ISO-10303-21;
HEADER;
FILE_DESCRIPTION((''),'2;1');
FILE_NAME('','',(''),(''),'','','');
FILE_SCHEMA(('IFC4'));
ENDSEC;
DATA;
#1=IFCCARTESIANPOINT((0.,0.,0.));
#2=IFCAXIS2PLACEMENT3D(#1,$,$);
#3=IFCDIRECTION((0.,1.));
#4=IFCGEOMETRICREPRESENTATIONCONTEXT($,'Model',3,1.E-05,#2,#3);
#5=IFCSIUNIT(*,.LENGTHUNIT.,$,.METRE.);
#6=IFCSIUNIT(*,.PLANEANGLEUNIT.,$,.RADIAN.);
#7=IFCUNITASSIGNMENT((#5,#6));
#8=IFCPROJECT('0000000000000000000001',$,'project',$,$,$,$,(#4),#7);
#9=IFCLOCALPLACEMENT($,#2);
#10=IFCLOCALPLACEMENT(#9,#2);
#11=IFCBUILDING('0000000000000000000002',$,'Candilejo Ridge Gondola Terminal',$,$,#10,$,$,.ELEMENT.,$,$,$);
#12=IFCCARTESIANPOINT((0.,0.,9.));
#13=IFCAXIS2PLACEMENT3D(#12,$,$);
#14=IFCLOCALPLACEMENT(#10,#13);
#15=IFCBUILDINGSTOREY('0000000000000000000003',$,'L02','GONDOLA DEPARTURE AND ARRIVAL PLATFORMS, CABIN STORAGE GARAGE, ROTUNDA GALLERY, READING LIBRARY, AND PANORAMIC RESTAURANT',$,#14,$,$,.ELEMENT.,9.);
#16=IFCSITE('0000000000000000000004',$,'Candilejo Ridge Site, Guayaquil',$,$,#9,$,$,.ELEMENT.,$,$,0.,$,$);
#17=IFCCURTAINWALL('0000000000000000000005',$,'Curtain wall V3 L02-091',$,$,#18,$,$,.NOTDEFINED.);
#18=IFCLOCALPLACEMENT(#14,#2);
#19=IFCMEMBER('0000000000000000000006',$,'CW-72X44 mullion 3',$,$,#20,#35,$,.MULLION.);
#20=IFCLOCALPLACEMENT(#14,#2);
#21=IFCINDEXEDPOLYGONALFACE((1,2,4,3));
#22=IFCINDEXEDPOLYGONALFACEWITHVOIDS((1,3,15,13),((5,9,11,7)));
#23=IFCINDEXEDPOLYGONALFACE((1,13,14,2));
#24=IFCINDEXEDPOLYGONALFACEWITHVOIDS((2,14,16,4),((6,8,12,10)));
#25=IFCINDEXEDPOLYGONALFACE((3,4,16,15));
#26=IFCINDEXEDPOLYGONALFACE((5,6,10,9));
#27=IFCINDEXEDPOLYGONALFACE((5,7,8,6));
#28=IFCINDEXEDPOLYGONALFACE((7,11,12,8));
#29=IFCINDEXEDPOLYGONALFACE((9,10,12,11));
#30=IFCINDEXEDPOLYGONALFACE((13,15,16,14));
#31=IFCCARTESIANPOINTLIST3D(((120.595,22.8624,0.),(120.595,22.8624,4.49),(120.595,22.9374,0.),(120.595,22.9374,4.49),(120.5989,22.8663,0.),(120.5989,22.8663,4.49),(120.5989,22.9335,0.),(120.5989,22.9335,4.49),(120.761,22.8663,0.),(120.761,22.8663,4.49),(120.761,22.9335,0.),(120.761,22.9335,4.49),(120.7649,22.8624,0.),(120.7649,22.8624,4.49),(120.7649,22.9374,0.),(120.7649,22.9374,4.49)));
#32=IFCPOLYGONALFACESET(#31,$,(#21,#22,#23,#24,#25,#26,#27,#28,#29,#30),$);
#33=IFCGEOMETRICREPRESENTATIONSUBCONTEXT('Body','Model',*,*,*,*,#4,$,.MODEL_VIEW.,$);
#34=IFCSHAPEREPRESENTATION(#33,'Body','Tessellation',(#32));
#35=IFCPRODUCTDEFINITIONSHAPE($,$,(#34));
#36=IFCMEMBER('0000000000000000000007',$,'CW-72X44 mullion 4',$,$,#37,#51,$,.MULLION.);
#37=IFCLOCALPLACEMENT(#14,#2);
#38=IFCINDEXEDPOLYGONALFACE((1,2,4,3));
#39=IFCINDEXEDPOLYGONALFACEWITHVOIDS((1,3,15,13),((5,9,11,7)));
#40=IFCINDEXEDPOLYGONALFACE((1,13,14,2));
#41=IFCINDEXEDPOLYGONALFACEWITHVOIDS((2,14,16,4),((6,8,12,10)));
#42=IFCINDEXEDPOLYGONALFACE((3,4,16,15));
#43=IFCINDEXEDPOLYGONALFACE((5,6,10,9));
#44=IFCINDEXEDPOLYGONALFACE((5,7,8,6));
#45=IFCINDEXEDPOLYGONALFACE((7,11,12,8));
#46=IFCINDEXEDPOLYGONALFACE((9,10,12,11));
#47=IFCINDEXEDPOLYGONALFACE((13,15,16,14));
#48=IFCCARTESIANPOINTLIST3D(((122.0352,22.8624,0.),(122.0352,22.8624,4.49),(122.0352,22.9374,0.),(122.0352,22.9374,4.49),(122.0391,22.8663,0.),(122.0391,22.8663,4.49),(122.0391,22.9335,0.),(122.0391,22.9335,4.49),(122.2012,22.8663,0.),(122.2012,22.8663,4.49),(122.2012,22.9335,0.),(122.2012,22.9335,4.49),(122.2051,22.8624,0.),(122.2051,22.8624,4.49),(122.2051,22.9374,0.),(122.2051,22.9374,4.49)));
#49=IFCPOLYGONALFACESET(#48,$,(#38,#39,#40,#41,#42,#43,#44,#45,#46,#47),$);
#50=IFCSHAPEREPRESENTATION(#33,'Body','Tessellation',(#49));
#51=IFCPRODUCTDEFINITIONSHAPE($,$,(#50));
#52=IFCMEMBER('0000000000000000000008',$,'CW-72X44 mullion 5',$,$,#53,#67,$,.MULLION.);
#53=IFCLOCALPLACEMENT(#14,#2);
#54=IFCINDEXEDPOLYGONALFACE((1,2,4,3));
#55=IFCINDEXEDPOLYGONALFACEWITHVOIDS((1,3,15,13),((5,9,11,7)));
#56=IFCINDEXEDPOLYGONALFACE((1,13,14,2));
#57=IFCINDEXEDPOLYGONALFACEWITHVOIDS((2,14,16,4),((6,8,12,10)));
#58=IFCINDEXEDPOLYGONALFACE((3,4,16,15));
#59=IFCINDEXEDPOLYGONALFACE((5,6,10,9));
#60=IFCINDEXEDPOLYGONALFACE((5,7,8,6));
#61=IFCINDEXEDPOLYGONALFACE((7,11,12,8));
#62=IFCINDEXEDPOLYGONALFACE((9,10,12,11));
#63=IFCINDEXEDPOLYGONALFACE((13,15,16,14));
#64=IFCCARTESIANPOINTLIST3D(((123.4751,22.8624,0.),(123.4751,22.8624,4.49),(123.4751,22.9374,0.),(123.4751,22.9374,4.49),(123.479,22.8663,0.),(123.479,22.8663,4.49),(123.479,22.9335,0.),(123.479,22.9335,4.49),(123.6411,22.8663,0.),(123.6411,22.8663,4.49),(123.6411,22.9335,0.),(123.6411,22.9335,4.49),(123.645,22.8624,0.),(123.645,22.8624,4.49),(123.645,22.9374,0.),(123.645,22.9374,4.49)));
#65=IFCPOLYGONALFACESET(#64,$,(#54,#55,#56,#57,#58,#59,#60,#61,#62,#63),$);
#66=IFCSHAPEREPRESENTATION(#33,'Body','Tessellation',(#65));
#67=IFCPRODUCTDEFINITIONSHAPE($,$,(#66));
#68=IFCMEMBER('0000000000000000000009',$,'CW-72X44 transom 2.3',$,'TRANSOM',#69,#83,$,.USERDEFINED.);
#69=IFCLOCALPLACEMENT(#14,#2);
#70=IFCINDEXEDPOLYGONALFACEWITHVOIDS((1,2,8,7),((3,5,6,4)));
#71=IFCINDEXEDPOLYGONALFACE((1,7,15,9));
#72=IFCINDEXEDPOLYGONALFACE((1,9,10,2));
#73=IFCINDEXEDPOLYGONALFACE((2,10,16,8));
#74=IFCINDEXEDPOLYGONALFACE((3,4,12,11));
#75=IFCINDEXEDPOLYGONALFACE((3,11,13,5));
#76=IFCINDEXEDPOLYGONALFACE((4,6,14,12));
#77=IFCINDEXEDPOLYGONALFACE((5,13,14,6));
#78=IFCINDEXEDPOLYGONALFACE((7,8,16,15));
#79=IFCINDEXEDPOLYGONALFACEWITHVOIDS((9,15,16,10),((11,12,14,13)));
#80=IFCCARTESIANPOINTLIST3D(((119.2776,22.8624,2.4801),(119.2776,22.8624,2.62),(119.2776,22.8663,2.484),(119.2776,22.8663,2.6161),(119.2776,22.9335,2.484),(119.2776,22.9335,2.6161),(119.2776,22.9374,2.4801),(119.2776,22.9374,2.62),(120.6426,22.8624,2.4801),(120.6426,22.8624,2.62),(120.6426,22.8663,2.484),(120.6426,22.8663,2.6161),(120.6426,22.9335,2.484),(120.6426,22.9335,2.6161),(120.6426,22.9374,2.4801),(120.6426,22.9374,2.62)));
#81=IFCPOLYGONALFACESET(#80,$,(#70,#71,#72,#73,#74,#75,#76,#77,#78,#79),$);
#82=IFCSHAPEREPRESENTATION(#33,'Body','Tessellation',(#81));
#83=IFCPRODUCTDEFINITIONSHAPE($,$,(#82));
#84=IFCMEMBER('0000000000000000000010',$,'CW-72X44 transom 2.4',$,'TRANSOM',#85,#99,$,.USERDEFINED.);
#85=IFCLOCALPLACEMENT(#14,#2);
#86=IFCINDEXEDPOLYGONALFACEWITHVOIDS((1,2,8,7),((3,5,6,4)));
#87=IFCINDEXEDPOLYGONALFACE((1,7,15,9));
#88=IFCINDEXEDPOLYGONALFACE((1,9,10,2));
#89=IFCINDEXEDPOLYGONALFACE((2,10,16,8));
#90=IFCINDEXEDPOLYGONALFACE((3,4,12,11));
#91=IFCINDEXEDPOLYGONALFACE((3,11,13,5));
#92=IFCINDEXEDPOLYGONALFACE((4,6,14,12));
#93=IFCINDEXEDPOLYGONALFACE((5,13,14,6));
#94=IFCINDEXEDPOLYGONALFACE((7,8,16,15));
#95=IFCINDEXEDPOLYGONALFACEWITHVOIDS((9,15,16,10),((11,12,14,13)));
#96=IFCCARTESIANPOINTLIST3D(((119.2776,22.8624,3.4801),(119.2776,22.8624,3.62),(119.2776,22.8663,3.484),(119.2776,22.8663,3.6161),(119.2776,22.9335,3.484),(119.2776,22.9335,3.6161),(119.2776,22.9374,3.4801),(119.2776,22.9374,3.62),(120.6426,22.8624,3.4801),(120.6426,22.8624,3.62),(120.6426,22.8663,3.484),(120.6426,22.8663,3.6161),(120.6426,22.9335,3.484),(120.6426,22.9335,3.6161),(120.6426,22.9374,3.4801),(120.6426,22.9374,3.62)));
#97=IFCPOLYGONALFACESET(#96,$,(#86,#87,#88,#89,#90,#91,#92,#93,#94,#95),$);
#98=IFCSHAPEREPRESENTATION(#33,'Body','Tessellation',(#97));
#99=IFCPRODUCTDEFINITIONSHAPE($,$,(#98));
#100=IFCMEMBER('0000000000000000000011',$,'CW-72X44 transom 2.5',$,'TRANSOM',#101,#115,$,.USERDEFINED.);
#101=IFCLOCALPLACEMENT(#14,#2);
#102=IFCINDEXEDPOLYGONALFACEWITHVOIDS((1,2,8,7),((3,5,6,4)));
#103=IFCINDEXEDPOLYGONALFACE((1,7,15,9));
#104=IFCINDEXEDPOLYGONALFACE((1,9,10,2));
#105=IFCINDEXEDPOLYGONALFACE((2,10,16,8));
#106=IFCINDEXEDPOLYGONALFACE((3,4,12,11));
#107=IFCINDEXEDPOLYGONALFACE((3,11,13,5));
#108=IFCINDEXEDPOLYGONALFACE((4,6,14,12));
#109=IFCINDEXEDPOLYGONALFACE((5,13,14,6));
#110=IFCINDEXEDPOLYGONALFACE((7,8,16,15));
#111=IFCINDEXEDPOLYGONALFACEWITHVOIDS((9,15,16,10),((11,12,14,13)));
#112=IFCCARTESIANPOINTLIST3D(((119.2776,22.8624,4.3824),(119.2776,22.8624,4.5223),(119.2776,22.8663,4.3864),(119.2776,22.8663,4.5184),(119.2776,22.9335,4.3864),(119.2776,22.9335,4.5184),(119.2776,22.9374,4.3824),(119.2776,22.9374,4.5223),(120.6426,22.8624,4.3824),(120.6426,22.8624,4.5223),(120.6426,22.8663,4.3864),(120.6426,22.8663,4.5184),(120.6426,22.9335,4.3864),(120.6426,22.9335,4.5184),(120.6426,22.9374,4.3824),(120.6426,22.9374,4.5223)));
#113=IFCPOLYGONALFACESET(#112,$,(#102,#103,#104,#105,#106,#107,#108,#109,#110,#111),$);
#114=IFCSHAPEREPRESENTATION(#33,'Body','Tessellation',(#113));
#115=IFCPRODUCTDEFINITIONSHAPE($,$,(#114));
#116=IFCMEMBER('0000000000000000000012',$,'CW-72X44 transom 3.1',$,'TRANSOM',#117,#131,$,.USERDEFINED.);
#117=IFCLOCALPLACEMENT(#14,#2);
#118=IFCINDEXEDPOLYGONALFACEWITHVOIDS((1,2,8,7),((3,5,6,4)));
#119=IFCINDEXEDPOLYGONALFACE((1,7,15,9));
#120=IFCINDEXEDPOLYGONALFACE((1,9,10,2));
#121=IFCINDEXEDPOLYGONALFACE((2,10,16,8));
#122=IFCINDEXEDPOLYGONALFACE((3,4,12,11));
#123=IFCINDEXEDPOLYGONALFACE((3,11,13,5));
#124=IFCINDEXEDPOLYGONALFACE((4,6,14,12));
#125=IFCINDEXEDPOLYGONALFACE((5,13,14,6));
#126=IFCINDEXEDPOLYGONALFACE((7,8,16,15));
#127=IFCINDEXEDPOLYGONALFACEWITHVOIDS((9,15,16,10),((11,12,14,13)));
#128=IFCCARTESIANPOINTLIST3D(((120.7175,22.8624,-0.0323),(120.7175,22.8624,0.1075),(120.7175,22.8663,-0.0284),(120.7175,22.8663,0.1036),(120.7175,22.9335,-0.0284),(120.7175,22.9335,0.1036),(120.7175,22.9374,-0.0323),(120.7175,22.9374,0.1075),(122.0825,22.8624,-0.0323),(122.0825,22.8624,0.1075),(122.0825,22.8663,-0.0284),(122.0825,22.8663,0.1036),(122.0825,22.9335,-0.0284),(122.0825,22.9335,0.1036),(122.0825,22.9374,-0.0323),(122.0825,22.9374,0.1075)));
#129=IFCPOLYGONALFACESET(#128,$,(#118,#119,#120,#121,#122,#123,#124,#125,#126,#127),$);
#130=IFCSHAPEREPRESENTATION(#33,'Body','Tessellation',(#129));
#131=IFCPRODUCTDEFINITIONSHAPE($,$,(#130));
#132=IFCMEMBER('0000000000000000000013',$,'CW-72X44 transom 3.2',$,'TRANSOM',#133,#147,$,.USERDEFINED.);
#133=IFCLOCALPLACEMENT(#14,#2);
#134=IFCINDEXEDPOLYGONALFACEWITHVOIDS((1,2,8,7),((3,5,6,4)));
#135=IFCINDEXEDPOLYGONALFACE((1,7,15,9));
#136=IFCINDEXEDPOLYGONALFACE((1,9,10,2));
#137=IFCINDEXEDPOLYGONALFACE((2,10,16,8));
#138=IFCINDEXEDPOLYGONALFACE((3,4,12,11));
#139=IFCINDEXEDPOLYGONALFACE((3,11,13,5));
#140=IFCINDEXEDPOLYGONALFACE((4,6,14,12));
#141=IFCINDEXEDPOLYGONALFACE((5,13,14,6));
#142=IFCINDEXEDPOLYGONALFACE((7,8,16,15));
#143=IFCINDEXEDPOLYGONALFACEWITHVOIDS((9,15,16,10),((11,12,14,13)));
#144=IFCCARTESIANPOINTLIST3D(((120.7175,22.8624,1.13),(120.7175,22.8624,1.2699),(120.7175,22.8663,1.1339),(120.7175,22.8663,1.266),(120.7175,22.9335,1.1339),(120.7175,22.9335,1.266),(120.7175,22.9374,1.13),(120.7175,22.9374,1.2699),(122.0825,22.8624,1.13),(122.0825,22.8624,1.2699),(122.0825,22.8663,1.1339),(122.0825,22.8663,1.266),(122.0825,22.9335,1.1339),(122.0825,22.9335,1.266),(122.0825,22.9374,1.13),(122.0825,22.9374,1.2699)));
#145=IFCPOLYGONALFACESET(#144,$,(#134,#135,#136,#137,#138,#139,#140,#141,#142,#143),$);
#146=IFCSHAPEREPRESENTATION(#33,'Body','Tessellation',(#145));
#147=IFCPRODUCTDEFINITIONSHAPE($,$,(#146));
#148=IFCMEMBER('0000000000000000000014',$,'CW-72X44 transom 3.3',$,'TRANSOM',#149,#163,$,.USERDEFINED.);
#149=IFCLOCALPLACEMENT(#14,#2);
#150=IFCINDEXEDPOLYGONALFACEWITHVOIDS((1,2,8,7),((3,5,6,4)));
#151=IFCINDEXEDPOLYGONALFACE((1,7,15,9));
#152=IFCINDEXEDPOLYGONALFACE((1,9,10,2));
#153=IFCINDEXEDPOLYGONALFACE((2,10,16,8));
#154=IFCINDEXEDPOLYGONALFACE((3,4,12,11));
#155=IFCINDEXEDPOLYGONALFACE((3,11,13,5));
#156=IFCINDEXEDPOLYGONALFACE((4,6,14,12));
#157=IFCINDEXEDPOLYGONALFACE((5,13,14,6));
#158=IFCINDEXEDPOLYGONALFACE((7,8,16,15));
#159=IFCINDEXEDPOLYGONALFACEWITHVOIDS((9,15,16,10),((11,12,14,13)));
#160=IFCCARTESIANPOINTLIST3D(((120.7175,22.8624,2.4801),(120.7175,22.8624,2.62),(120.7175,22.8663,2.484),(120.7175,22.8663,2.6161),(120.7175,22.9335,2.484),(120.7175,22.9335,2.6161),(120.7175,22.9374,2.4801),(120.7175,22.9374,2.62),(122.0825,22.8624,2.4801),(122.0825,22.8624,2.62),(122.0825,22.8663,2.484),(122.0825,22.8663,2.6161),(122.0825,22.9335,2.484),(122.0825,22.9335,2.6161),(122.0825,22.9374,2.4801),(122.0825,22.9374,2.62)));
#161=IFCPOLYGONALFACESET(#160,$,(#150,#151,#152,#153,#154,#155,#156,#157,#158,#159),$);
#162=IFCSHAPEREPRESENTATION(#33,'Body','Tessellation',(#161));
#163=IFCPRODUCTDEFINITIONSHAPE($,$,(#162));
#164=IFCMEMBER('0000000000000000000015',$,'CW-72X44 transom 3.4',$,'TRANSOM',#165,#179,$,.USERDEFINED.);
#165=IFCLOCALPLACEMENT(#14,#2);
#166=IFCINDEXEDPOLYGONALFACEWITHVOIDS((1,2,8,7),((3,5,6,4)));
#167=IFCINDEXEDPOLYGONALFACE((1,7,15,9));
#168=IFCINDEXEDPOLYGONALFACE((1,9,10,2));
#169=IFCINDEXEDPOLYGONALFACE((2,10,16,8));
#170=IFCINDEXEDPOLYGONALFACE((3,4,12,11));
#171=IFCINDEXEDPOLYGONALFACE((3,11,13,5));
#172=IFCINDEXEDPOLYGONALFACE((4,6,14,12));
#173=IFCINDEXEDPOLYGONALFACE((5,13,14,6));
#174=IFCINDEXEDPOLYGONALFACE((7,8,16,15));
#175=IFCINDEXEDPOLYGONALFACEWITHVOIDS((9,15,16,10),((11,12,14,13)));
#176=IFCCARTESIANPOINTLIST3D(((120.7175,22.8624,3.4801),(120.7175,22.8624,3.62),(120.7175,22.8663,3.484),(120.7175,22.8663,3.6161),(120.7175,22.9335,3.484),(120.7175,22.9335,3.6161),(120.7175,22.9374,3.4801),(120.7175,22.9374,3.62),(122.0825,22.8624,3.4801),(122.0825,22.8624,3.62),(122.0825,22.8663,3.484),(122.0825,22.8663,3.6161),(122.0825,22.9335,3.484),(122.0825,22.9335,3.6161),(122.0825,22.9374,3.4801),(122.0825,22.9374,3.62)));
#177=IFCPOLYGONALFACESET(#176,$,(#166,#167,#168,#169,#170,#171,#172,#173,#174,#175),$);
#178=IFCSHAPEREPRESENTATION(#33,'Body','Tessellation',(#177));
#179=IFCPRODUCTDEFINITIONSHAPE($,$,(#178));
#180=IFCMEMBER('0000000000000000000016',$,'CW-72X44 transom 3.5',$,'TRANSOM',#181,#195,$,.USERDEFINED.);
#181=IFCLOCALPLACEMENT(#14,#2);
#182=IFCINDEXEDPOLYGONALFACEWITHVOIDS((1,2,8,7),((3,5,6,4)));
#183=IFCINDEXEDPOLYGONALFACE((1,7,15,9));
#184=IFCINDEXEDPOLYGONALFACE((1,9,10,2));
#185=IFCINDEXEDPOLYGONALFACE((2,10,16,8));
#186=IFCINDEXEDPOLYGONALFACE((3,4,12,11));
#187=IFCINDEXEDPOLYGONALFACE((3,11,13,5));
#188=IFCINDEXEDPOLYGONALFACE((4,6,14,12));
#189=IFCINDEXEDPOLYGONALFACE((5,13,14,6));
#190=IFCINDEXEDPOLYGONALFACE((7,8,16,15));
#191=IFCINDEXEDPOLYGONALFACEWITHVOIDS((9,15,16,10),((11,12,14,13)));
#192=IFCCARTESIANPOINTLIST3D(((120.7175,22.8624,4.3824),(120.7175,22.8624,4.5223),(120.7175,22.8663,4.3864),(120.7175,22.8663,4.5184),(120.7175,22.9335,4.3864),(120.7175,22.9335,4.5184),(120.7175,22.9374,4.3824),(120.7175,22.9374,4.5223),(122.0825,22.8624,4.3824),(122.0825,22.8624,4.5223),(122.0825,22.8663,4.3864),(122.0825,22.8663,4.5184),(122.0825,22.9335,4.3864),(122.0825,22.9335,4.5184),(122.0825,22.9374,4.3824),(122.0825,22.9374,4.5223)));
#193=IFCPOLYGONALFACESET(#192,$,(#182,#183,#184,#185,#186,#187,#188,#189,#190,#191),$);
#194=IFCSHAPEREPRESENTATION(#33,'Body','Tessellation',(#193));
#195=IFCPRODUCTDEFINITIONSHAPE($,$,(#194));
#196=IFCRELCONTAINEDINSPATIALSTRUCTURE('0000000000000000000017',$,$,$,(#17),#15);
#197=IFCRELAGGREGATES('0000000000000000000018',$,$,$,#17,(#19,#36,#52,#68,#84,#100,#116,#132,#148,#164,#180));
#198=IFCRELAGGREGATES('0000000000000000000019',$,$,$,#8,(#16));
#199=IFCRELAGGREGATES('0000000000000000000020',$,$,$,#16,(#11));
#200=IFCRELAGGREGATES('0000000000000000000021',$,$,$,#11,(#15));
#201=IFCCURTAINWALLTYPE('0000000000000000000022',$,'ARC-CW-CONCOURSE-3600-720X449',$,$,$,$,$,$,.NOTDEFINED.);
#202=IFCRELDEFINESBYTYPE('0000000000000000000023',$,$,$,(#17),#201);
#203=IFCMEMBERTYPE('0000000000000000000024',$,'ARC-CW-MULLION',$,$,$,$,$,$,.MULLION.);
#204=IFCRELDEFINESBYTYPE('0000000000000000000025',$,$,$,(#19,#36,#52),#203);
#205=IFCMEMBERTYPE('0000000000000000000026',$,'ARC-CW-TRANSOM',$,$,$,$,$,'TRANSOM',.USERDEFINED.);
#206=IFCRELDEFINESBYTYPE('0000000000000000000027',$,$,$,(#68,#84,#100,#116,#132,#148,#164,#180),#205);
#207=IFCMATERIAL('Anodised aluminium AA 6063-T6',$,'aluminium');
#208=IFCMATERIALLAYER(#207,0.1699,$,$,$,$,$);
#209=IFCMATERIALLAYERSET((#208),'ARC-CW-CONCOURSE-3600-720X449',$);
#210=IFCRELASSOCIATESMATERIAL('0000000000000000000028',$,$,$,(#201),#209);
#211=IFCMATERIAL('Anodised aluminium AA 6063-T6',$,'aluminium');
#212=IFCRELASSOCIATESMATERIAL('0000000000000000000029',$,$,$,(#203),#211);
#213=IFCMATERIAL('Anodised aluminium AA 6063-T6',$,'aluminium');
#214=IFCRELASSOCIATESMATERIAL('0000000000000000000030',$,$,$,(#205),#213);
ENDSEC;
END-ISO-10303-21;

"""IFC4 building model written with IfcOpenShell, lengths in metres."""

from ifc_helpers import new_model, si_unit, direction, frame, origin, origin_2d, place, context, subcontext, project, spatial, hollow_rectangle, extrude, material, layer, layer_set, material_profile, profile_set, type_object, element, aggregate, save


model = new_model("IFC4")

# Units and contexts
model_context = context("Model", 3, precision=1e-05, world=origin(), true_north=direction((0.0, 1.0)))
body_context = subcontext(model_context, "Body", "Model", "MODEL_VIEW")
ifc_project = project(units=[si_unit("LENGTHUNIT", "METRE"), si_unit("PLANEANGLEUNIT", "RADIAN")], contexts=[model_context])

# Site, building, storey
site_placement = place(None, origin())
site = spatial("IfcSite", under=ifc_project, at=site_placement, Name="Candilejo Ridge Site, Guayaquil", CompositionType="ELEMENT", RefElevation=0.0)
building_placement = place(site_placement, origin())
building = spatial("IfcBuilding", under=site, at=building_placement, Name="Candilejo Ridge Gondola Terminal", CompositionType="ELEMENT")
storey_placement = place(building_placement, frame((0.0, 0.0, 9.0)))
storey = spatial("IfcBuildingStorey", under=building, at=storey_placement, Name="L02", Description="GONDOLA DEPARTURE AND ARRIVAL PLATFORMS, CABIN STORAGE GARAGE, ROTUNDA GALLERY, READING LIBRARY, AND PANORAMIC RESTAURANT", CompositionType="ELEMENT", Elevation=9.0)

# Curtain wall, members
ifc_material_1 = material(Name="Anodised aluminium AA 6063-T6", Category="aluminium")
ifc_layer_1 = layer(ifc_material_1, 0.1699)
ifc_layer_set_1 = layer_set([ifc_layer_1], Name="ARC-CW-CONCOURSE-3600-720X449")
curtain_wall_type = type_object("IfcCurtainWallType", Name="ARC-CW-CONCOURSE-3600-720X449", PredefinedType="NOTDEFINED", material=ifc_layer_set_1)
curtain_wall_placement = place(storey_placement, origin())
curtain_wall = element("IfcCurtainWall", 1, at=curtain_wall_placement, inside=storey, type_object=curtain_wall_type, Name="Curtain wall V3 L02-091", PredefinedType="NOTDEFINED")
ifc_material_2 = material(Name="Anodised aluminium AA 6063-T6", Category="aluminium")
ifc_material_profile_1 = material_profile(ifc_material_2, hollow_rectangle(XDim=0.075, YDim=0.1699, WallThickness=0.0039, at=origin_2d()))
ifc_profile_set_1 = profile_set([ifc_material_profile_1], Name="Anodised aluminium AA 6063-T6")
member_type_1 = type_object("IfcMemberType", Name="ARC-CW-MULLION", PredefinedType="MULLION", material=ifc_profile_set_1)
member_1_placement = place(storey_placement, frame((120.6799, 22.8999, 0.0), z_axis=(0.0, 0.0, 1.0), x_axis=(0.0, 1.0, 0.0)))
member_1 = element("IfcMember", 2, at=member_1_placement, type_object=member_type_1, Name="CW-72X44 mullion 3", PredefinedType="MULLION", context=body_context, shape_type="SweptSolid", body=[
    extrude(hollow_rectangle(XDim=0.075, YDim=0.1699, WallThickness=0.0039, at=origin_2d()), origin(), (0.0, 0.0, 1.0), 4.49),
])
member_2_placement = place(storey_placement, frame((122.1201, 22.8999, 0.0), z_axis=(0.0, 0.0, 1.0), x_axis=(0.0, 1.0, 0.0)))
member_2 = element("IfcMember", 3, at=member_2_placement, type_object=member_type_1, Name="CW-72X44 mullion 4", PredefinedType="MULLION", context=body_context, shape_type="SweptSolid", body=[
    extrude(hollow_rectangle(XDim=0.075, YDim=0.1699, WallThickness=0.0039, at=origin_2d()), origin(), (0.0, 0.0, 1.0), 4.49),
])
member_3_placement = place(storey_placement, frame((123.5601, 22.8999, 0.0), z_axis=(0.0, 0.0, 1.0), x_axis=(0.0, 1.0, 0.0)))
member_3 = element("IfcMember", 4, at=member_3_placement, type_object=member_type_1, Name="CW-72X44 mullion 5", PredefinedType="MULLION", context=body_context, shape_type="SweptSolid", body=[
    extrude(hollow_rectangle(XDim=0.075, YDim=0.1699, WallThickness=0.0039, at=origin_2d()), origin(), (0.0, 0.0, 1.0), 4.49),
])
ifc_material_3 = material(Name="Anodised aluminium AA 6063-T6", Category="aluminium")
ifc_material_profile_2 = material_profile(ifc_material_3, hollow_rectangle(XDim=0.075, YDim=0.1399, WallThickness=0.0039, at=origin_2d()))
ifc_profile_set_2 = profile_set([ifc_material_profile_2], Name="Anodised aluminium AA 6063-T6")
member_type_2 = type_object("IfcMemberType", Name="ARC-CW-TRANSOM", ElementType="TRANSOM", PredefinedType="USERDEFINED", material=ifc_profile_set_2)
member_4_placement = place(storey_placement, frame((119.2776, 22.8999, 2.55), z_axis=(1.0, 0.0, 0.0), x_axis=(0.0, 1.0, 0.0)))
member_4 = element("IfcMember", 5, at=member_4_placement, type_object=member_type_2, Name="CW-72X44 transom 2.3", ObjectType="TRANSOM", PredefinedType="USERDEFINED", context=body_context, shape_type="SweptSolid", body=[
    extrude(hollow_rectangle(XDim=0.075, YDim=0.1399, WallThickness=0.0039, at=origin_2d()), origin(), (0.0, 0.0, 1.0), 1.365),
])
member_5_placement = place(storey_placement, frame((119.2776, 22.8999, 3.55), z_axis=(1.0, 0.0, 0.0), x_axis=(0.0, 1.0, 0.0)))
member_5 = element("IfcMember", 6, at=member_5_placement, type_object=member_type_2, Name="CW-72X44 transom 2.4", ObjectType="TRANSOM", PredefinedType="USERDEFINED", context=body_context, shape_type="SweptSolid", body=[
    extrude(hollow_rectangle(XDim=0.075, YDim=0.1399, WallThickness=0.0039, at=origin_2d()), origin(), (0.0, 0.0, 1.0), 1.365),
])
member_6_placement = place(storey_placement, frame((119.2776, 22.8999, 4.4524), z_axis=(1.0, 0.0, 0.0), x_axis=(0.0, 1.0, 0.0)))
member_6 = element("IfcMember", 7, at=member_6_placement, type_object=member_type_2, Name="CW-72X44 transom 2.5", ObjectType="TRANSOM", PredefinedType="USERDEFINED", context=body_context, shape_type="SweptSolid", body=[
    extrude(hollow_rectangle(XDim=0.075, YDim=0.1399, WallThickness=0.0039, at=origin_2d()), origin(), (0.0, 0.0, 1.0), 1.365),
])
member_7_placement = place(storey_placement, frame((120.7175, 22.8999, 0.0376), z_axis=(1.0, 0.0, 0.0), x_axis=(0.0, 1.0, 0.0)))
member_7 = element("IfcMember", 8, at=member_7_placement, type_object=member_type_2, Name="CW-72X44 transom 3.1", ObjectType="TRANSOM", PredefinedType="USERDEFINED", context=body_context, shape_type="SweptSolid", body=[
    extrude(hollow_rectangle(XDim=0.075, YDim=0.1399, WallThickness=0.0039, at=origin_2d()), origin(), (0.0, 0.0, 1.0), 1.365),
])
member_8_placement = place(storey_placement, frame((120.7175, 22.8999, 1.2), z_axis=(1.0, 0.0, 0.0), x_axis=(0.0, 1.0, 0.0)))
member_8 = element("IfcMember", 9, at=member_8_placement, type_object=member_type_2, Name="CW-72X44 transom 3.2", ObjectType="TRANSOM", PredefinedType="USERDEFINED", context=body_context, shape_type="SweptSolid", body=[
    extrude(hollow_rectangle(XDim=0.075, YDim=0.1399, WallThickness=0.0039, at=origin_2d()), origin(), (0.0, 0.0, 1.0), 1.365),
])
member_9_placement = place(storey_placement, frame((120.7175, 22.8999, 2.55), z_axis=(1.0, 0.0, 0.0), x_axis=(0.0, 1.0, 0.0)))
member_9 = element("IfcMember", 10, at=member_9_placement, type_object=member_type_2, Name="CW-72X44 transom 3.3", ObjectType="TRANSOM", PredefinedType="USERDEFINED", context=body_context, shape_type="SweptSolid", body=[
    extrude(hollow_rectangle(XDim=0.075, YDim=0.1399, WallThickness=0.0039, at=origin_2d()), origin(), (0.0, 0.0, 1.0), 1.365),
])
member_10_placement = place(storey_placement, frame((120.7175, 22.8999, 3.55), z_axis=(1.0, 0.0, 0.0), x_axis=(0.0, 1.0, 0.0)))
member_10 = element("IfcMember", 11, at=member_10_placement, type_object=member_type_2, Name="CW-72X44 transom 3.4", ObjectType="TRANSOM", PredefinedType="USERDEFINED", context=body_context, shape_type="SweptSolid", body=[
    extrude(hollow_rectangle(XDim=0.075, YDim=0.1399, WallThickness=0.0039, at=origin_2d()), origin(), (0.0, 0.0, 1.0), 1.365),
])
member_11_placement = place(storey_placement, frame((120.7175, 22.8999, 4.4524), z_axis=(1.0, 0.0, 0.0), x_axis=(0.0, 1.0, 0.0)))
member_11 = element("IfcMember", 12, at=member_11_placement, type_object=member_type_2, Name="CW-72X44 transom 3.5", ObjectType="TRANSOM", PredefinedType="USERDEFINED", context=body_context, shape_type="SweptSolid", body=[
    extrude(hollow_rectangle(XDim=0.075, YDim=0.1399, WallThickness=0.0039, at=origin_2d()), origin(), (0.0, 0.0, 1.0), 1.365),
])
aggregate(curtain_wall, [member_1, member_2, member_3, member_4, member_5, member_6, member_7, member_8, member_9, member_10, member_11])

save(model, "model.ifc")
